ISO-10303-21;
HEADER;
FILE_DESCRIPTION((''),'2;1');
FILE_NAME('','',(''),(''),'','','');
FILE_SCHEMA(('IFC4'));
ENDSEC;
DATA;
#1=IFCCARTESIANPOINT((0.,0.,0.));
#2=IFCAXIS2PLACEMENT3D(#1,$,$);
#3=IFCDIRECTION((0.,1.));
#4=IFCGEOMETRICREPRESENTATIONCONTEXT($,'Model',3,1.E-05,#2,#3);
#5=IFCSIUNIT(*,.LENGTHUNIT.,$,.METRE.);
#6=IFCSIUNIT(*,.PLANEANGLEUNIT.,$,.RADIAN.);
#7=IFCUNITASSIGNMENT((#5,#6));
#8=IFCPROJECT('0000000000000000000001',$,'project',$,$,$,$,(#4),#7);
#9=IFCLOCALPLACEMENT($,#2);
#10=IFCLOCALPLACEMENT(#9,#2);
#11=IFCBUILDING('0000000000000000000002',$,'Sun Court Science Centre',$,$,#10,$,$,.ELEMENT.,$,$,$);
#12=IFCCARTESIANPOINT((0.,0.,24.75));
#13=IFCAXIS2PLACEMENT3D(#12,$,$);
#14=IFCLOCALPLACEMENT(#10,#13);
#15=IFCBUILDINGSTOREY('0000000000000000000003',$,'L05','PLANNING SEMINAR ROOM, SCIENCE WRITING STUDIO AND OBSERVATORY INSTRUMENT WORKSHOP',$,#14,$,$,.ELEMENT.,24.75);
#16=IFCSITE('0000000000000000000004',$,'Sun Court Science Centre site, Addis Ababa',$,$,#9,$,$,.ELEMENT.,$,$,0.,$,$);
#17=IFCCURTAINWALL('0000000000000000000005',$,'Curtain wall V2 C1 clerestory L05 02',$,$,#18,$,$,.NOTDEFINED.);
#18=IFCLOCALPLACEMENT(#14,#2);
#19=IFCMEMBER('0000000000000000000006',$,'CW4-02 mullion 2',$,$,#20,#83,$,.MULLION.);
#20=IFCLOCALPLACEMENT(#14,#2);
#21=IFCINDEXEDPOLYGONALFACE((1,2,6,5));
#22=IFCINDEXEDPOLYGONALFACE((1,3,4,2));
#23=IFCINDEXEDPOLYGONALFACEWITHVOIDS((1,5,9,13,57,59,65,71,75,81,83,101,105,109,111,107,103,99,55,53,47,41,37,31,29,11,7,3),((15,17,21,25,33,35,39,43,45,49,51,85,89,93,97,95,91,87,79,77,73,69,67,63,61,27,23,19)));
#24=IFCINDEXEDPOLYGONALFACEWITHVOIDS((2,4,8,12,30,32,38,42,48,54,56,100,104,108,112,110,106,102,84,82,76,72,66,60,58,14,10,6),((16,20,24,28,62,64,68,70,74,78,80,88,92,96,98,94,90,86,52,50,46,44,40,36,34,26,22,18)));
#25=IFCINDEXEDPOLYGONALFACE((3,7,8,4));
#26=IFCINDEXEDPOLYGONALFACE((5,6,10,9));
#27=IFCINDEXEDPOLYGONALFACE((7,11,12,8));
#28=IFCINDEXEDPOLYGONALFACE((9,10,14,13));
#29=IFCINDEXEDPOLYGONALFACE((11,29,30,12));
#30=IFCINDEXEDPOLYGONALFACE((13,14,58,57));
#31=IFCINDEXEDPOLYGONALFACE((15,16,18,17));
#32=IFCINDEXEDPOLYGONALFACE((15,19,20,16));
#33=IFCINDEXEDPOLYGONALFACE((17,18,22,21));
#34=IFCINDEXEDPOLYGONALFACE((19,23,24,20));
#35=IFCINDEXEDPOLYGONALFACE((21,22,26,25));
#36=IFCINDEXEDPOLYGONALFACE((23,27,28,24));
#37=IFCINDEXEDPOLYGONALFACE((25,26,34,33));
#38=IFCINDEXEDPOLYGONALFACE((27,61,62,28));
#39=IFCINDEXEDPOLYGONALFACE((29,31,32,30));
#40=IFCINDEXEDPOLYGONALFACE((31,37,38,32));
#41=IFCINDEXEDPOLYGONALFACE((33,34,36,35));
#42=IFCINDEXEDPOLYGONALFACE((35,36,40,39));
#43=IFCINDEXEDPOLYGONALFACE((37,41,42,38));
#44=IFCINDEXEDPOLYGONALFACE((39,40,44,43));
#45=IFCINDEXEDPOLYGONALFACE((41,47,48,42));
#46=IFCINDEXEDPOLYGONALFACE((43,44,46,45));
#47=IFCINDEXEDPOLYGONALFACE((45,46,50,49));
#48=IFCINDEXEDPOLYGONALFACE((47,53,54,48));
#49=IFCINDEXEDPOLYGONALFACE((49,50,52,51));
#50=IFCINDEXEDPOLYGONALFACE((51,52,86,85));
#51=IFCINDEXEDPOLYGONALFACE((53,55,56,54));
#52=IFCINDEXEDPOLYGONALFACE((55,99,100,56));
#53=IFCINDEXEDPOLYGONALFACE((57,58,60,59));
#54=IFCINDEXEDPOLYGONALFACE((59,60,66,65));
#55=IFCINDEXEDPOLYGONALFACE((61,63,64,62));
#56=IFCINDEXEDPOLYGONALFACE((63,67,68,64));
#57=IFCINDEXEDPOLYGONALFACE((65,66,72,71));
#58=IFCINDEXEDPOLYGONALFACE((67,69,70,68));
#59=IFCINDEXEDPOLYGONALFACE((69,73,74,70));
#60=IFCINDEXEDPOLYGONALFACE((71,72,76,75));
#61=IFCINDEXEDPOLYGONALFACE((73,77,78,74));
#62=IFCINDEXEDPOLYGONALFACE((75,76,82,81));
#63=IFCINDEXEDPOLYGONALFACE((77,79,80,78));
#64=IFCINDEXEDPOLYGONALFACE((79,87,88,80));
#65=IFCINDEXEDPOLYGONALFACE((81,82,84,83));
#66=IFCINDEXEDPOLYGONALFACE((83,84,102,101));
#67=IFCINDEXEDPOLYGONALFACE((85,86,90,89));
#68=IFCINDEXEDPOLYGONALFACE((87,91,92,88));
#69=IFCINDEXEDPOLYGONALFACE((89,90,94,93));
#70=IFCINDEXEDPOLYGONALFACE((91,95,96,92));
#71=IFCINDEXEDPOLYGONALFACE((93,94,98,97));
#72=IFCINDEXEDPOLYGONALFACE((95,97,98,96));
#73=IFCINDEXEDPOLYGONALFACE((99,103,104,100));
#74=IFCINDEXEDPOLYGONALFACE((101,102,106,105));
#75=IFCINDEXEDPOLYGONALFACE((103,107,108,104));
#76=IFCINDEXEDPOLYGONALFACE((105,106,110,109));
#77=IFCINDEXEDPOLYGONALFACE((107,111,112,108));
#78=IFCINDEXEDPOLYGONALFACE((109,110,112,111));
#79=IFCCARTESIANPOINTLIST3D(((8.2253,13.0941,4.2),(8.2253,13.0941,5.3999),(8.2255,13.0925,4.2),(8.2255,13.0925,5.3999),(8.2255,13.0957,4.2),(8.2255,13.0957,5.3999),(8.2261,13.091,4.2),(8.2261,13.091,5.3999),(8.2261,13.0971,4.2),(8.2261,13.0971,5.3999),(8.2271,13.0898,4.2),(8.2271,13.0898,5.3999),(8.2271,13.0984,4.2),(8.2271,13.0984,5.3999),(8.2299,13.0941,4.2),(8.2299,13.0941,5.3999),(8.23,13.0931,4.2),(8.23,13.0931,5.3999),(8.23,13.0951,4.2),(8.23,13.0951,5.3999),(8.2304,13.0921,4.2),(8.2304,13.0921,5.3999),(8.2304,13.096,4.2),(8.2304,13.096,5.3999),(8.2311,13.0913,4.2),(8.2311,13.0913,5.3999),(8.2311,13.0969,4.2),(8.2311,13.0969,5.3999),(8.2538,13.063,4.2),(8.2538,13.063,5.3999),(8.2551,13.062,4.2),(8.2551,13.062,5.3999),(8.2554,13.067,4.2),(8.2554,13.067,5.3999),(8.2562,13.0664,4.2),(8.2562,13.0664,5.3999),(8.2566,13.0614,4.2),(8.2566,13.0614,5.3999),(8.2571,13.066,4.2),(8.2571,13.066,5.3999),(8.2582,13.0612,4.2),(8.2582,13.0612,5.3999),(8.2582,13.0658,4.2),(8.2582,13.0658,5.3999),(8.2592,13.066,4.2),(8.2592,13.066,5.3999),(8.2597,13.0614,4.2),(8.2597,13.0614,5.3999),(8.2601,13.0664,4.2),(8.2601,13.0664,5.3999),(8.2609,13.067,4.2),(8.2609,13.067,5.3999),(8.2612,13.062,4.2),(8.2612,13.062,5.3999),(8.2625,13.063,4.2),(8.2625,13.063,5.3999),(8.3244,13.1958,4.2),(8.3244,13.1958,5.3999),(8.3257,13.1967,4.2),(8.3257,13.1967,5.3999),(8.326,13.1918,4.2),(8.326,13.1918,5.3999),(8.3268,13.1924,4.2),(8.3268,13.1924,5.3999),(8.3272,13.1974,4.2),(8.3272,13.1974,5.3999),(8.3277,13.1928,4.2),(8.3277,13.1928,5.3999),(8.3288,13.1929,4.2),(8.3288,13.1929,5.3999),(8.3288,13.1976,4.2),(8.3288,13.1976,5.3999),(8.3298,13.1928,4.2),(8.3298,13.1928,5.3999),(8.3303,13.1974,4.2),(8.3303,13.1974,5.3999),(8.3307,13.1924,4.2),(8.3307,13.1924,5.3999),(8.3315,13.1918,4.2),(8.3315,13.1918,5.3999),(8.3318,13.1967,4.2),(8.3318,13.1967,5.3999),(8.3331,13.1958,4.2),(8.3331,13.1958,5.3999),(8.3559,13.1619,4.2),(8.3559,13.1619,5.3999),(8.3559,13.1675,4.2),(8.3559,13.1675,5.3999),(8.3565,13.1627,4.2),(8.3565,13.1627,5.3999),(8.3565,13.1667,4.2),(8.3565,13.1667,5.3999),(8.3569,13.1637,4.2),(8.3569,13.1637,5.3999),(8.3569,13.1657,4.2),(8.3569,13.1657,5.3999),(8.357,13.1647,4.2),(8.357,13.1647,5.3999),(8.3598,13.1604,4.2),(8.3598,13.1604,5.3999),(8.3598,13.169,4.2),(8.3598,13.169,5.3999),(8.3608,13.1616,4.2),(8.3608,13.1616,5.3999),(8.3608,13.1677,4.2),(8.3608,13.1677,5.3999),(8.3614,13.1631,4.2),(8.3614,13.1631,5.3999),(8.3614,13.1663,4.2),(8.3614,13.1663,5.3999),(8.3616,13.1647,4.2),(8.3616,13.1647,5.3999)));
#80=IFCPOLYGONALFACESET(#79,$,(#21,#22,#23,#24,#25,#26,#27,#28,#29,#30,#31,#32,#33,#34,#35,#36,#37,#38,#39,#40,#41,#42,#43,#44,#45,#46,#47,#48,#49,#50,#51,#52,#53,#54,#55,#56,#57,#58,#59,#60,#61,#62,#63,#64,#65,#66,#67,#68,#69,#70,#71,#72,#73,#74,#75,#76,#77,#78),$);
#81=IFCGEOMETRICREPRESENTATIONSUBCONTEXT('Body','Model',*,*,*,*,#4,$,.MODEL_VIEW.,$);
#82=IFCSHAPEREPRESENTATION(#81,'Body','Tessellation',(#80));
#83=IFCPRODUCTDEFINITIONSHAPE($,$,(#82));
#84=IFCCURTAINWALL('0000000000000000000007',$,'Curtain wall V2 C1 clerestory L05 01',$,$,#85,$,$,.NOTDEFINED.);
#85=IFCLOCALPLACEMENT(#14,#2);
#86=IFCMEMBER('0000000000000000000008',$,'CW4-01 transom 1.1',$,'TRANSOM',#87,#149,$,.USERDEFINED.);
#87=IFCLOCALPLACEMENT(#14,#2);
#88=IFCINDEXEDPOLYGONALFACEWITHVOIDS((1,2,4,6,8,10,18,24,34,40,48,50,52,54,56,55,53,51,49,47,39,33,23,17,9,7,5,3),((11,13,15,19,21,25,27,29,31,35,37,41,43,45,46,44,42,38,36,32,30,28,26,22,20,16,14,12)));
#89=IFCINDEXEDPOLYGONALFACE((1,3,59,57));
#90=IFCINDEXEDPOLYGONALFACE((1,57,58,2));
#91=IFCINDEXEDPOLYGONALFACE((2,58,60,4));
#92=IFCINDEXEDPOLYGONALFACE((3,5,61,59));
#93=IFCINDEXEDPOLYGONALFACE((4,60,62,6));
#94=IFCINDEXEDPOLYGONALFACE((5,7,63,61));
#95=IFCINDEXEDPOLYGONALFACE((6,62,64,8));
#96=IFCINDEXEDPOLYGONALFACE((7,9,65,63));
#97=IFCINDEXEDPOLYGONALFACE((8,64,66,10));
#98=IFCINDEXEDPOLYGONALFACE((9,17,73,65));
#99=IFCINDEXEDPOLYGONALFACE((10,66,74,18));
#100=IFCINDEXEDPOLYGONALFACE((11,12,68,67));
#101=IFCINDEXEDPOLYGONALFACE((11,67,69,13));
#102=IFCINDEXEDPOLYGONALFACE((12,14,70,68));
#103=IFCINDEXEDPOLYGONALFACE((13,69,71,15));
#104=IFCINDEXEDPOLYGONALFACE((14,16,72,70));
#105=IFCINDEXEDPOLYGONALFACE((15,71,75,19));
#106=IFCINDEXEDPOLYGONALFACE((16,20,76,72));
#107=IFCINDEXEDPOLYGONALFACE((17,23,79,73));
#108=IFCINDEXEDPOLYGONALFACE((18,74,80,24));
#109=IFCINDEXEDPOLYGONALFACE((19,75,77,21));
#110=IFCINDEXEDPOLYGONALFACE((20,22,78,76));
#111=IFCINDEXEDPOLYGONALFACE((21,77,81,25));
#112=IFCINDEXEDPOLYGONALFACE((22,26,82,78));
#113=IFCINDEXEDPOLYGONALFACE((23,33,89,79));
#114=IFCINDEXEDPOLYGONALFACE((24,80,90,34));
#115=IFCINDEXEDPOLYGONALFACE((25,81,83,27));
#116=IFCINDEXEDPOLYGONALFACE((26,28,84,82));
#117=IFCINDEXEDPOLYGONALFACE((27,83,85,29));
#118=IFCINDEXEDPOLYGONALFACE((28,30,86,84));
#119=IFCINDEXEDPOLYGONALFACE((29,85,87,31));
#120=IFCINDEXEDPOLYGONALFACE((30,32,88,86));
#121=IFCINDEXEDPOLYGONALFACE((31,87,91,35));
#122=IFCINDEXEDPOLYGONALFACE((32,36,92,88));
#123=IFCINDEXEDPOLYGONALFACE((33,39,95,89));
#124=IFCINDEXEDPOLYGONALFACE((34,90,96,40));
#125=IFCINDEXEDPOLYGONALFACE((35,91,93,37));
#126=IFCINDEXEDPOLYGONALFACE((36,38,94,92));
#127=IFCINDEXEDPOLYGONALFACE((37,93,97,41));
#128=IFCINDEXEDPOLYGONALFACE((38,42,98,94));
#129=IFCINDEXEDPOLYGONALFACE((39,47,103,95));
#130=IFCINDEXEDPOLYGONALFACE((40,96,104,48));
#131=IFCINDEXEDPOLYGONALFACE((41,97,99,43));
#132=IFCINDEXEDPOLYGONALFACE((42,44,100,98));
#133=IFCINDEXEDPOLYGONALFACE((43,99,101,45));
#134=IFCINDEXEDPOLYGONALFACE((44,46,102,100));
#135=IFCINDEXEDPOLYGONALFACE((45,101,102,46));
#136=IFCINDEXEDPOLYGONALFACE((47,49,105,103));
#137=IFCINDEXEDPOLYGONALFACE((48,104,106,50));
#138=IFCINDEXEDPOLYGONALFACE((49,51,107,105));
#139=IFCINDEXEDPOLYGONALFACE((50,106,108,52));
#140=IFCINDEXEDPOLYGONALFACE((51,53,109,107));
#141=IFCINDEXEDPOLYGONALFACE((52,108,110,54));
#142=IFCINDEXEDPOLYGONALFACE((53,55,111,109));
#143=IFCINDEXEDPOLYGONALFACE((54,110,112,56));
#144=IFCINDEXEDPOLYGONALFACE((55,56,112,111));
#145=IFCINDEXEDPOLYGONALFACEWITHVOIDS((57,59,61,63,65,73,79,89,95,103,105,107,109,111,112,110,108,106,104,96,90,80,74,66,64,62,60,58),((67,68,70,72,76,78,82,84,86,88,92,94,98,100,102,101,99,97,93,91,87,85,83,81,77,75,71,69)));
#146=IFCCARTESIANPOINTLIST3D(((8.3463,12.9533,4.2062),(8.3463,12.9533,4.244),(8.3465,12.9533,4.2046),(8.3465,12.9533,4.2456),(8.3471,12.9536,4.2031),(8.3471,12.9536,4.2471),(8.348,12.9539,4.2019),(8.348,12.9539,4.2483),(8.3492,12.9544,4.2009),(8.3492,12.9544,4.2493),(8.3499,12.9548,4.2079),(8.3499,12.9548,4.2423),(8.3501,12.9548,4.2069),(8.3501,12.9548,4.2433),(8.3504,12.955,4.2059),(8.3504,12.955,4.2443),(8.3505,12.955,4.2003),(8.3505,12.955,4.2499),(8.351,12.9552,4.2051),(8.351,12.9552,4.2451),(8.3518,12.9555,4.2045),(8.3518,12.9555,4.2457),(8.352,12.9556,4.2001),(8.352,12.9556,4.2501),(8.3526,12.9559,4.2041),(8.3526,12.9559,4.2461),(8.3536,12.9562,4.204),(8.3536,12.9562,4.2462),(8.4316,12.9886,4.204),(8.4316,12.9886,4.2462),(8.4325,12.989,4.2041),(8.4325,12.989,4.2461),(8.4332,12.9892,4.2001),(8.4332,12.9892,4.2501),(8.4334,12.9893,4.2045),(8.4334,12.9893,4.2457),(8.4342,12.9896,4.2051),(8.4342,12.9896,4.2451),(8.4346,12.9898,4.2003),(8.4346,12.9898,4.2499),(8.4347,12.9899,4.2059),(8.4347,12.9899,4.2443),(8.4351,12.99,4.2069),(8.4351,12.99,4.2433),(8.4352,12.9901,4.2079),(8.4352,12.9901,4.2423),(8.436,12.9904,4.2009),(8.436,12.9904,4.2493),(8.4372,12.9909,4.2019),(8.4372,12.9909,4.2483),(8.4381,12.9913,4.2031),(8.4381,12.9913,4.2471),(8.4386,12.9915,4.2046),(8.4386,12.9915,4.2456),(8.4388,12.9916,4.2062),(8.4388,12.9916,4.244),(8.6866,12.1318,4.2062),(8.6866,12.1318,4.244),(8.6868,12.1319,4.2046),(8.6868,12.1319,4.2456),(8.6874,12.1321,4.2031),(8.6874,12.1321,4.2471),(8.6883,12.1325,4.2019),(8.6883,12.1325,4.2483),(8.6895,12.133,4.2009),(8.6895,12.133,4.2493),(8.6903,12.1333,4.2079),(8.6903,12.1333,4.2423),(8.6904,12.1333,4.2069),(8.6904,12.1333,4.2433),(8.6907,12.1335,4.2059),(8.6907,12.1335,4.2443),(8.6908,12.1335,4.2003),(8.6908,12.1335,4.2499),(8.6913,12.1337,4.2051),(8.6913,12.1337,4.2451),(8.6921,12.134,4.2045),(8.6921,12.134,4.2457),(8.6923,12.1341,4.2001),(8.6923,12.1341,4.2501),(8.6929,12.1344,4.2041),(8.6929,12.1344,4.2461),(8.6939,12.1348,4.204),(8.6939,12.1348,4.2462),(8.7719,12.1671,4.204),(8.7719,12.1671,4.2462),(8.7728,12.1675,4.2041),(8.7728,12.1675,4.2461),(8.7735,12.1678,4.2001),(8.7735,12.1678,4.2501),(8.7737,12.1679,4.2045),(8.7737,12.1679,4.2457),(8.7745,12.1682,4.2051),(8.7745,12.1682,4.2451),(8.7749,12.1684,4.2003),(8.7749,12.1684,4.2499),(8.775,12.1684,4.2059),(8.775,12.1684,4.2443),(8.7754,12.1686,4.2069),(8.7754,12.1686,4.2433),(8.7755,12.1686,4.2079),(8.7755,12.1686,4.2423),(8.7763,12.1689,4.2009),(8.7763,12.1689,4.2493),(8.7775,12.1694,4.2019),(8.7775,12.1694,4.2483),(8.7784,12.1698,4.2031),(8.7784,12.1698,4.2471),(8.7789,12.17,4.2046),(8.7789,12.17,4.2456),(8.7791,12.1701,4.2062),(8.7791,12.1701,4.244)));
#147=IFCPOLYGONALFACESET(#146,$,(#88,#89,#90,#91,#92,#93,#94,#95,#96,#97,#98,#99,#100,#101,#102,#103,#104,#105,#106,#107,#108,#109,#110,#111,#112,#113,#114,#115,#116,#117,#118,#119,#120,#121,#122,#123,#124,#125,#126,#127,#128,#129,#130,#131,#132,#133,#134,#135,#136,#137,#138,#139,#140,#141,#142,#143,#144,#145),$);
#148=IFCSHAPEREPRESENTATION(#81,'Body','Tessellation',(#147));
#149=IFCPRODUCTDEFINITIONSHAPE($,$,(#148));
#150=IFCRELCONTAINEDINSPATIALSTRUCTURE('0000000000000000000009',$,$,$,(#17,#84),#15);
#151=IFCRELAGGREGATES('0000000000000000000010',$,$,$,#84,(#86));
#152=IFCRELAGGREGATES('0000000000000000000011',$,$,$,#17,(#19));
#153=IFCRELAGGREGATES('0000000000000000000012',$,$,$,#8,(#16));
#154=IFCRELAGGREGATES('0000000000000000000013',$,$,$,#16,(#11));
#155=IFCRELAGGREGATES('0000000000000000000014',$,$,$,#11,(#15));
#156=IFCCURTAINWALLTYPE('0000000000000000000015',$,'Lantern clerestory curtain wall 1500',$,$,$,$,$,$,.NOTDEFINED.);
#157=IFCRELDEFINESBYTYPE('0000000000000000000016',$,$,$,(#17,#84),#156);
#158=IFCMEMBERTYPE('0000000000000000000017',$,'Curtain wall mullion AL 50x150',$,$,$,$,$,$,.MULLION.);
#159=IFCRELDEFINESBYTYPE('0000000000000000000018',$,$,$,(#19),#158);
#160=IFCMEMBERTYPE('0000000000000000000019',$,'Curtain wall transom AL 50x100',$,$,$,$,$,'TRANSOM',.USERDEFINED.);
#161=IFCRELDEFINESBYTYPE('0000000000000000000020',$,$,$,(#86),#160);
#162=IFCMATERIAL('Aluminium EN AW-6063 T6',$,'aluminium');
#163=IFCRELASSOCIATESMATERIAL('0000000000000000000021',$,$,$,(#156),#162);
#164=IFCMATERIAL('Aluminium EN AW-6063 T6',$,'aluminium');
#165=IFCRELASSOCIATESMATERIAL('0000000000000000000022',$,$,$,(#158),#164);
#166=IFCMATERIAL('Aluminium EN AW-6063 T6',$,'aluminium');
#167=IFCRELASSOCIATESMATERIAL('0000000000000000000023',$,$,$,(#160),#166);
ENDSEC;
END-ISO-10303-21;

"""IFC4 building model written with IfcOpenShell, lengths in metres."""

from ifc_helpers import new_model, si_unit, direction, frame, origin, origin_2d, place, context, subcontext, project, spatial, hollow_rectangle, extrude, material, material_profile, profile_set, type_object, element, aggregate, save


model = new_model("IFC4")

# Units and contexts
model_context = context("Model", 3, precision=1e-05, world=origin(), true_north=direction((0.0, 1.0)))
body_context = subcontext(model_context, "Body", "Model", "MODEL_VIEW")
ifc_project = project(units=[si_unit("LENGTHUNIT", "METRE"), si_unit("PLANEANGLEUNIT", "RADIAN")], contexts=[model_context])

# Site, building, storey
site_placement = place(None, origin())
site = spatial("IfcSite", under=ifc_project, at=site_placement, Name="Sun Court Science Centre site, Addis Ababa", CompositionType="ELEMENT", RefElevation=0.0)
building_placement = place(site_placement, origin())
building = spatial("IfcBuilding", under=site, at=building_placement, Name="Sun Court Science Centre", CompositionType="ELEMENT")
storey_placement = place(building_placement, frame((0.0, 0.0, 24.75)))
storey = spatial("IfcBuildingStorey", under=building, at=storey_placement, Name="L05", Description="PLANNING SEMINAR ROOM, SCIENCE WRITING STUDIO AND OBSERVATORY INSTRUMENT WORKSHOP", CompositionType="ELEMENT", Elevation=24.75)

# Curtain wall, member
ifc_material_1 = material(Name="Aluminium EN AW-6063 T6", Category="aluminium")
curtain_wall_type = type_object("IfcCurtainWallType", Name="Lantern clerestory curtain wall 1500", PredefinedType="NOTDEFINED", material=ifc_material_1)
curtain_wall_1_placement = place(storey_placement, origin())
curtain_wall_1 = element("IfcCurtainWall", 1, at=curtain_wall_1_placement, inside=storey, type_object=curtain_wall_type, Name="Curtain wall V2 C1 clerestory L05 02", PredefinedType="NOTDEFINED")
ifc_material_2 = material(Name="Aluminium EN AW-6063 T6", Category="aluminium")
ifc_material_profile_1 = material_profile(ifc_material_2, hollow_rectangle(XDim=0.05, YDim=0.1499, WallThickness=0.0039, InnerFilletRadius=0.0039, OuterFilletRadius=0.0061, at=origin_2d()), Name="AL 50x150x4")
ifc_profile_set_1 = profile_set([ifc_material_profile_1], Name="Aluminium EN AW-6063 T6")
member_type_1 = type_object("IfcMemberType", Name="Curtain wall mullion AL 50x150", PredefinedType="MULLION", material=ifc_profile_set_1)
member_1_placement = place(storey_placement, frame((8.2935, 13.1294, 4.2), z_axis=(0.0, 0.0, 1.0), x_axis=(0.707107, -0.707107, 0.0)))
member_1 = element("IfcMember", 2, at=member_1_placement, type_object=member_type_1, Name="CW4-02 mullion 2", PredefinedType="MULLION", context=body_context, shape_type="SweptSolid", body=[
    extrude(hollow_rectangle(XDim=0.05, YDim=0.1499, WallThickness=0.0039, InnerFilletRadius=0.0039, OuterFilletRadius=0.0061, at=origin_2d()), origin(), (0.0, 0.0, 1.0), 1.2),
])

# Curtain wall, member
curtain_wall_2_placement = place(storey_placement, origin())
curtain_wall_2 = element("IfcCurtainWall", 3, at=curtain_wall_2_placement, inside=storey, type_object=curtain_wall_type, Name="Curtain wall V2 C1 clerestory L05 01", PredefinedType="NOTDEFINED")
ifc_material_3 = material(Name="Aluminium EN AW-6063 T6", Category="aluminium")
ifc_material_profile_2 = material_profile(ifc_material_3, hollow_rectangle(XDim=0.05, YDim=0.1001, WallThickness=0.0039, InnerFilletRadius=0.0039, OuterFilletRadius=0.0061, at=origin_2d()), Name="AL 50x100x4")
ifc_profile_set_2 = profile_set([ifc_material_profile_2], Name="Aluminium EN AW-6063 T6")
member_type_2 = type_object("IfcMemberType", Name="Curtain wall transom AL 50x100", ElementType="TRANSOM", PredefinedType="USERDEFINED", material=ifc_profile_set_2)
member_2_placement = place(storey_placement, frame((8.3926, 12.9724, 4.2251), z_axis=(0.382724, -0.923863, 0.0), x_axis=(0.0, 0.0, 1.0)))
member_2 = element("IfcMember", 4, at=member_2_placement, type_object=member_type_2, Name="CW4-01 transom 1.1", ObjectType="TRANSOM", PredefinedType="USERDEFINED", context=body_context, shape_type="SweptSolid", body=[
    extrude(hollow_rectangle(XDim=0.05, YDim=0.1001, WallThickness=0.0039, InnerFilletRadius=0.0039, OuterFilletRadius=0.0061, at=origin_2d()), origin(), (0.0, 0.0, 1.0), 0.8892),
])

aggregate(curtain_wall_2, [member_2])
aggregate(curtain_wall_1, [member_1])

save(model, "model.ifc")
